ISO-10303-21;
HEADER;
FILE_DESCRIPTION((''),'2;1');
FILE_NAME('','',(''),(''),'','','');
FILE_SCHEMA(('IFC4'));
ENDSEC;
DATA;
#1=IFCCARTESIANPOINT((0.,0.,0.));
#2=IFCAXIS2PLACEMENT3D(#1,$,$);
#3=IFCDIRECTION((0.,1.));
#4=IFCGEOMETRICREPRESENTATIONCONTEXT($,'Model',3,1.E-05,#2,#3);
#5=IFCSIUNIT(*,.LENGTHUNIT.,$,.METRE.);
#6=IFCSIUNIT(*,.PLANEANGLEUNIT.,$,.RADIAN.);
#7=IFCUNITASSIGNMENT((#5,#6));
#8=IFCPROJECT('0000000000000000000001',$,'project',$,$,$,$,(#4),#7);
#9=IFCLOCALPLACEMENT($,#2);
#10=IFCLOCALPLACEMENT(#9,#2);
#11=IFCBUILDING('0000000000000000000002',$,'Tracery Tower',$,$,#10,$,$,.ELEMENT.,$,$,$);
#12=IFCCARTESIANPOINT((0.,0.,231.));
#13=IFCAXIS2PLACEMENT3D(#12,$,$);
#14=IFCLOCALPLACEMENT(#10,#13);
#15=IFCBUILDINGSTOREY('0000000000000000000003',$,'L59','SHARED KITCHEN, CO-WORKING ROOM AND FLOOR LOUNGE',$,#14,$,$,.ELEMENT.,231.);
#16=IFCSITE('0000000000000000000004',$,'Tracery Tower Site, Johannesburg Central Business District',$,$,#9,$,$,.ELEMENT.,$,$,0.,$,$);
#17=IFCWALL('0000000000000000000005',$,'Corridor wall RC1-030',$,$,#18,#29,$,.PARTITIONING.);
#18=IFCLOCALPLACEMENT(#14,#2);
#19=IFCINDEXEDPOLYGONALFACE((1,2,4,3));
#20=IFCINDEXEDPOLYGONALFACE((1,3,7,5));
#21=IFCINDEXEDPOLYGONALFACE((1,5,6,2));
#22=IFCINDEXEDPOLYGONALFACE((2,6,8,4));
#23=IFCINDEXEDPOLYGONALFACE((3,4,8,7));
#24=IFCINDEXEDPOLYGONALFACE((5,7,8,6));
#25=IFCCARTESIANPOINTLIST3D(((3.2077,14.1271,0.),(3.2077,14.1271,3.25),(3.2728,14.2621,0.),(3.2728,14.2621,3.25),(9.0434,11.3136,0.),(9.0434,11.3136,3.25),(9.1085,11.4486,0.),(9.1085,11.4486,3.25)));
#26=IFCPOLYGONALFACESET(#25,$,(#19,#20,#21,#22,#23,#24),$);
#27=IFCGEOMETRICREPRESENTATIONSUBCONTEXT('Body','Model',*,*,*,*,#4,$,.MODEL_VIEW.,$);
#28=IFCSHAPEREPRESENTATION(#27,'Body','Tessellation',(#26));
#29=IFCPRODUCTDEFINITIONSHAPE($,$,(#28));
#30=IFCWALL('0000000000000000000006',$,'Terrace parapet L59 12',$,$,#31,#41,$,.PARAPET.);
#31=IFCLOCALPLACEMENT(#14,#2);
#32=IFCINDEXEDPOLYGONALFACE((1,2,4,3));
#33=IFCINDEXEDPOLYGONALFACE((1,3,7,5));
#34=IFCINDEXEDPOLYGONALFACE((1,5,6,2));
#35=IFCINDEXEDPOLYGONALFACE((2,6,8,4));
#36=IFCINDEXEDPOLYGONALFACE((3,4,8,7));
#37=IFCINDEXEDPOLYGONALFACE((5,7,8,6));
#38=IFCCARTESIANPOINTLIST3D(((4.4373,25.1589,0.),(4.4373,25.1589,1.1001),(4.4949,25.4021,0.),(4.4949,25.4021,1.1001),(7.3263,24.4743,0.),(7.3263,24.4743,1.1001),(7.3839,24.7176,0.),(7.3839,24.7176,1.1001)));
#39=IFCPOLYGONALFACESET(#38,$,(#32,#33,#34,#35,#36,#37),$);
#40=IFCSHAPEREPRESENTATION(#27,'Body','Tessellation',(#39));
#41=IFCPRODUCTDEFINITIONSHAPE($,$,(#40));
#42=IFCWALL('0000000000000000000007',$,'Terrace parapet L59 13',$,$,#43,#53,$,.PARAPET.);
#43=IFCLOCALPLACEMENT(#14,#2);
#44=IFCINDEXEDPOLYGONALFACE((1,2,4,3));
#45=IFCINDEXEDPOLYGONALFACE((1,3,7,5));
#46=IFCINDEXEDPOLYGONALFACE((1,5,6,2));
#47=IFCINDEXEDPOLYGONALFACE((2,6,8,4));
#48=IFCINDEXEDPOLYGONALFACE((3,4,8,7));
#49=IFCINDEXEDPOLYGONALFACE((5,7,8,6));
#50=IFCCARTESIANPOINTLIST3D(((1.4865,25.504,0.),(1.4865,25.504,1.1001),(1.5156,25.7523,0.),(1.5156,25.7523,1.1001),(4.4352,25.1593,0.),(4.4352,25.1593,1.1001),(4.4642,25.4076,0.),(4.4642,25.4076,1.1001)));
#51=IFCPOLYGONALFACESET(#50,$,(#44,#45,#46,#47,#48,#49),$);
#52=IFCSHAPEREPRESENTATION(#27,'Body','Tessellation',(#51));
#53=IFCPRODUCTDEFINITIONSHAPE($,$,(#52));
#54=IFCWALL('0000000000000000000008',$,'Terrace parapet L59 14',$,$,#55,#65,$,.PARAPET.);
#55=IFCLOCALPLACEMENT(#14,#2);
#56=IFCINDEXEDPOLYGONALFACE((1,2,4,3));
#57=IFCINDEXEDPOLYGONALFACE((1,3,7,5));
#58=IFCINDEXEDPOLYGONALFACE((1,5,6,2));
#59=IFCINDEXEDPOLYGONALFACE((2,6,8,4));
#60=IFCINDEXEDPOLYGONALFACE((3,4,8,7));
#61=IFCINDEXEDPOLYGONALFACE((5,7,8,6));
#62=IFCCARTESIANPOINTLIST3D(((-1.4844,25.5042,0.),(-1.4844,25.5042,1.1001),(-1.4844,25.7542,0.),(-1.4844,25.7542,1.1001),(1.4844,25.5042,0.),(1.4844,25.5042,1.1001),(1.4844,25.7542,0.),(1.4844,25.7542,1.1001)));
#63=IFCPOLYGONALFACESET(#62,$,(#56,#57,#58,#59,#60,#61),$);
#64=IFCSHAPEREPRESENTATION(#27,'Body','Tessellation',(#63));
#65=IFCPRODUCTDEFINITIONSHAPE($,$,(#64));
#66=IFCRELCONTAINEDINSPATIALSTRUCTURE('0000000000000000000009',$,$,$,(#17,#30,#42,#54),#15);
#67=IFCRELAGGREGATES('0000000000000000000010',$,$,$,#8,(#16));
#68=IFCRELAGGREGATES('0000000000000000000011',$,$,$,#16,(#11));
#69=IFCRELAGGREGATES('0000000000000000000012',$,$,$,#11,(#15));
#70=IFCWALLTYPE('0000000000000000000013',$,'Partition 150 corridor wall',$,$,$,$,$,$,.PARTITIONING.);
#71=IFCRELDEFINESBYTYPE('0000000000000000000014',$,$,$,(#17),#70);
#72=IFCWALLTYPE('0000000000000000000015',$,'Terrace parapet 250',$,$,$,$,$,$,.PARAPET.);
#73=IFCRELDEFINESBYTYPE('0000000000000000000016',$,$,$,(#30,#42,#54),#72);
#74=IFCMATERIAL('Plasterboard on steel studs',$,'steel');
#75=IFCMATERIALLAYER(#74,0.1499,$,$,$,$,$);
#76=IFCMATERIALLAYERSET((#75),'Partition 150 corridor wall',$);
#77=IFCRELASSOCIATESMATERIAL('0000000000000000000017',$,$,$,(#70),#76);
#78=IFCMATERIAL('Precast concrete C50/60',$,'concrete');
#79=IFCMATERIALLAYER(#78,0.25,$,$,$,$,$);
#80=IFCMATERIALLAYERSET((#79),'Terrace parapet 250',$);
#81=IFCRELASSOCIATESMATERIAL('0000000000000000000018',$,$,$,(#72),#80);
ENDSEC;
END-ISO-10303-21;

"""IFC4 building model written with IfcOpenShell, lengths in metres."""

from ifc_helpers import new_model, si_unit, direction, frame, frame_2d, origin, place, context, subcontext, project, spatial, rectangle, extrude, material, layer, layer_set, type_object, element, save


model = new_model("IFC4")

# Units and contexts
model_context = context("Model", 3, precision=1e-05, world=origin(), true_north=direction((0.0, 1.0)))
body_context = subcontext(model_context, "Body", "Model", "MODEL_VIEW")
ifc_project = project(units=[si_unit("LENGTHUNIT", "METRE"), si_unit("PLANEANGLEUNIT", "RADIAN")], contexts=[model_context])

# Site, building, storey
site_placement = place(None, origin())
site = spatial("IfcSite", under=ifc_project, at=site_placement, Name="Tracery Tower Site, Johannesburg Central Business District", CompositionType="ELEMENT", RefElevation=0.0)
building_placement = place(site_placement, origin())
building = spatial("IfcBuilding", under=site, at=building_placement, Name="Tracery Tower", CompositionType="ELEMENT")
storey_placement = place(building_placement, frame((0.0, 0.0, 231.0)))
storey = spatial("IfcBuildingStorey", under=building, at=storey_placement, Name="L59", Description="SHARED KITCHEN, CO-WORKING ROOM AND FLOOR LOUNGE", CompositionType="ELEMENT", Elevation=231.0)

# Walls
ifc_material_1 = material(Name="Plasterboard on steel studs", Category="steel")
ifc_layer_1 = layer(ifc_material_1, 0.1499)
ifc_layer_set_1 = layer_set([ifc_layer_1], Name="Partition 150 corridor wall")
wall_type_1 = type_object("IfcWallType", Name="Partition 150 corridor wall", PredefinedType="PARTITIONING", material=ifc_layer_set_1)
wall_1_placement = place(storey_placement, frame((3.2402, 14.1946, 0.0), z_axis=(0.0, 0.0, 1.0), x_axis=(0.900778, -0.434279, 0.0)))
element("IfcWall", 1, at=wall_1_placement, inside=storey, type_object=wall_type_1, Name="Corridor wall RC1-030", PredefinedType="PARTITIONING", context=body_context, shape_type="SweptSolid", body=[
    extrude(rectangle(XDim=6.4785, YDim=0.1499, at=frame_2d((3.2393, 0.0))), origin(), (0.0, 0.0, 1.0), 3.25),
])
ifc_material_2 = material(Name="Precast concrete C50/60", Category="concrete")
ifc_layer_2 = layer(ifc_material_2, 0.25)
ifc_layer_set_2 = layer_set([ifc_layer_2], Name="Terrace parapet 250")
wall_type_2 = type_object("IfcWallType", Name="Terrace parapet 250", PredefinedType="PARAPET", material=ifc_layer_set_2)
wall_2_placement = place(storey_placement, frame((7.355, 24.5959, 0.0), z_axis=(0.0, 0.0, 1.0), x_axis=(-0.973054, 0.230579, 0.0)))
element("IfcWall", 2, at=wall_2_placement, inside=storey, type_object=wall_type_2, Name="Terrace parapet L59 12", PredefinedType="PARAPET", context=body_context, shape_type="SweptSolid", body=[
    extrude(rectangle(XDim=2.969, YDim=0.25, at=frame_2d((1.4844, 0.0))), origin(), (0.0, 0.0, 1.0), 1.1001),
])
for number, where, z_axis, x_axis, name in (
    (3, (4.4497, 25.2834, 0.0), (0.0, 0.0, 1.0), (-0.993236, 0.116116, 0.0), "Terrace parapet L59 13"),
    (4, (1.4844, 25.6292, 0.0), (0.0, 0.0, 1.0), (-1.0, 0.0, 0.0), "Terrace parapet L59 14"),
):
    element("IfcWall", number, at=place(storey_placement, frame(where, z_axis=z_axis, x_axis=x_axis)), inside=storey, type_object=wall_type_2, Name=name, PredefinedType="PARAPET", context=body_context, shape_type="SweptSolid", body=[
        extrude(rectangle(XDim=2.9688, YDim=0.25, at=frame_2d((1.4844, 0.0))), origin(), (0.0, 0.0, 1.0), 1.1001),
    ])

save(model, "model.ifc")
